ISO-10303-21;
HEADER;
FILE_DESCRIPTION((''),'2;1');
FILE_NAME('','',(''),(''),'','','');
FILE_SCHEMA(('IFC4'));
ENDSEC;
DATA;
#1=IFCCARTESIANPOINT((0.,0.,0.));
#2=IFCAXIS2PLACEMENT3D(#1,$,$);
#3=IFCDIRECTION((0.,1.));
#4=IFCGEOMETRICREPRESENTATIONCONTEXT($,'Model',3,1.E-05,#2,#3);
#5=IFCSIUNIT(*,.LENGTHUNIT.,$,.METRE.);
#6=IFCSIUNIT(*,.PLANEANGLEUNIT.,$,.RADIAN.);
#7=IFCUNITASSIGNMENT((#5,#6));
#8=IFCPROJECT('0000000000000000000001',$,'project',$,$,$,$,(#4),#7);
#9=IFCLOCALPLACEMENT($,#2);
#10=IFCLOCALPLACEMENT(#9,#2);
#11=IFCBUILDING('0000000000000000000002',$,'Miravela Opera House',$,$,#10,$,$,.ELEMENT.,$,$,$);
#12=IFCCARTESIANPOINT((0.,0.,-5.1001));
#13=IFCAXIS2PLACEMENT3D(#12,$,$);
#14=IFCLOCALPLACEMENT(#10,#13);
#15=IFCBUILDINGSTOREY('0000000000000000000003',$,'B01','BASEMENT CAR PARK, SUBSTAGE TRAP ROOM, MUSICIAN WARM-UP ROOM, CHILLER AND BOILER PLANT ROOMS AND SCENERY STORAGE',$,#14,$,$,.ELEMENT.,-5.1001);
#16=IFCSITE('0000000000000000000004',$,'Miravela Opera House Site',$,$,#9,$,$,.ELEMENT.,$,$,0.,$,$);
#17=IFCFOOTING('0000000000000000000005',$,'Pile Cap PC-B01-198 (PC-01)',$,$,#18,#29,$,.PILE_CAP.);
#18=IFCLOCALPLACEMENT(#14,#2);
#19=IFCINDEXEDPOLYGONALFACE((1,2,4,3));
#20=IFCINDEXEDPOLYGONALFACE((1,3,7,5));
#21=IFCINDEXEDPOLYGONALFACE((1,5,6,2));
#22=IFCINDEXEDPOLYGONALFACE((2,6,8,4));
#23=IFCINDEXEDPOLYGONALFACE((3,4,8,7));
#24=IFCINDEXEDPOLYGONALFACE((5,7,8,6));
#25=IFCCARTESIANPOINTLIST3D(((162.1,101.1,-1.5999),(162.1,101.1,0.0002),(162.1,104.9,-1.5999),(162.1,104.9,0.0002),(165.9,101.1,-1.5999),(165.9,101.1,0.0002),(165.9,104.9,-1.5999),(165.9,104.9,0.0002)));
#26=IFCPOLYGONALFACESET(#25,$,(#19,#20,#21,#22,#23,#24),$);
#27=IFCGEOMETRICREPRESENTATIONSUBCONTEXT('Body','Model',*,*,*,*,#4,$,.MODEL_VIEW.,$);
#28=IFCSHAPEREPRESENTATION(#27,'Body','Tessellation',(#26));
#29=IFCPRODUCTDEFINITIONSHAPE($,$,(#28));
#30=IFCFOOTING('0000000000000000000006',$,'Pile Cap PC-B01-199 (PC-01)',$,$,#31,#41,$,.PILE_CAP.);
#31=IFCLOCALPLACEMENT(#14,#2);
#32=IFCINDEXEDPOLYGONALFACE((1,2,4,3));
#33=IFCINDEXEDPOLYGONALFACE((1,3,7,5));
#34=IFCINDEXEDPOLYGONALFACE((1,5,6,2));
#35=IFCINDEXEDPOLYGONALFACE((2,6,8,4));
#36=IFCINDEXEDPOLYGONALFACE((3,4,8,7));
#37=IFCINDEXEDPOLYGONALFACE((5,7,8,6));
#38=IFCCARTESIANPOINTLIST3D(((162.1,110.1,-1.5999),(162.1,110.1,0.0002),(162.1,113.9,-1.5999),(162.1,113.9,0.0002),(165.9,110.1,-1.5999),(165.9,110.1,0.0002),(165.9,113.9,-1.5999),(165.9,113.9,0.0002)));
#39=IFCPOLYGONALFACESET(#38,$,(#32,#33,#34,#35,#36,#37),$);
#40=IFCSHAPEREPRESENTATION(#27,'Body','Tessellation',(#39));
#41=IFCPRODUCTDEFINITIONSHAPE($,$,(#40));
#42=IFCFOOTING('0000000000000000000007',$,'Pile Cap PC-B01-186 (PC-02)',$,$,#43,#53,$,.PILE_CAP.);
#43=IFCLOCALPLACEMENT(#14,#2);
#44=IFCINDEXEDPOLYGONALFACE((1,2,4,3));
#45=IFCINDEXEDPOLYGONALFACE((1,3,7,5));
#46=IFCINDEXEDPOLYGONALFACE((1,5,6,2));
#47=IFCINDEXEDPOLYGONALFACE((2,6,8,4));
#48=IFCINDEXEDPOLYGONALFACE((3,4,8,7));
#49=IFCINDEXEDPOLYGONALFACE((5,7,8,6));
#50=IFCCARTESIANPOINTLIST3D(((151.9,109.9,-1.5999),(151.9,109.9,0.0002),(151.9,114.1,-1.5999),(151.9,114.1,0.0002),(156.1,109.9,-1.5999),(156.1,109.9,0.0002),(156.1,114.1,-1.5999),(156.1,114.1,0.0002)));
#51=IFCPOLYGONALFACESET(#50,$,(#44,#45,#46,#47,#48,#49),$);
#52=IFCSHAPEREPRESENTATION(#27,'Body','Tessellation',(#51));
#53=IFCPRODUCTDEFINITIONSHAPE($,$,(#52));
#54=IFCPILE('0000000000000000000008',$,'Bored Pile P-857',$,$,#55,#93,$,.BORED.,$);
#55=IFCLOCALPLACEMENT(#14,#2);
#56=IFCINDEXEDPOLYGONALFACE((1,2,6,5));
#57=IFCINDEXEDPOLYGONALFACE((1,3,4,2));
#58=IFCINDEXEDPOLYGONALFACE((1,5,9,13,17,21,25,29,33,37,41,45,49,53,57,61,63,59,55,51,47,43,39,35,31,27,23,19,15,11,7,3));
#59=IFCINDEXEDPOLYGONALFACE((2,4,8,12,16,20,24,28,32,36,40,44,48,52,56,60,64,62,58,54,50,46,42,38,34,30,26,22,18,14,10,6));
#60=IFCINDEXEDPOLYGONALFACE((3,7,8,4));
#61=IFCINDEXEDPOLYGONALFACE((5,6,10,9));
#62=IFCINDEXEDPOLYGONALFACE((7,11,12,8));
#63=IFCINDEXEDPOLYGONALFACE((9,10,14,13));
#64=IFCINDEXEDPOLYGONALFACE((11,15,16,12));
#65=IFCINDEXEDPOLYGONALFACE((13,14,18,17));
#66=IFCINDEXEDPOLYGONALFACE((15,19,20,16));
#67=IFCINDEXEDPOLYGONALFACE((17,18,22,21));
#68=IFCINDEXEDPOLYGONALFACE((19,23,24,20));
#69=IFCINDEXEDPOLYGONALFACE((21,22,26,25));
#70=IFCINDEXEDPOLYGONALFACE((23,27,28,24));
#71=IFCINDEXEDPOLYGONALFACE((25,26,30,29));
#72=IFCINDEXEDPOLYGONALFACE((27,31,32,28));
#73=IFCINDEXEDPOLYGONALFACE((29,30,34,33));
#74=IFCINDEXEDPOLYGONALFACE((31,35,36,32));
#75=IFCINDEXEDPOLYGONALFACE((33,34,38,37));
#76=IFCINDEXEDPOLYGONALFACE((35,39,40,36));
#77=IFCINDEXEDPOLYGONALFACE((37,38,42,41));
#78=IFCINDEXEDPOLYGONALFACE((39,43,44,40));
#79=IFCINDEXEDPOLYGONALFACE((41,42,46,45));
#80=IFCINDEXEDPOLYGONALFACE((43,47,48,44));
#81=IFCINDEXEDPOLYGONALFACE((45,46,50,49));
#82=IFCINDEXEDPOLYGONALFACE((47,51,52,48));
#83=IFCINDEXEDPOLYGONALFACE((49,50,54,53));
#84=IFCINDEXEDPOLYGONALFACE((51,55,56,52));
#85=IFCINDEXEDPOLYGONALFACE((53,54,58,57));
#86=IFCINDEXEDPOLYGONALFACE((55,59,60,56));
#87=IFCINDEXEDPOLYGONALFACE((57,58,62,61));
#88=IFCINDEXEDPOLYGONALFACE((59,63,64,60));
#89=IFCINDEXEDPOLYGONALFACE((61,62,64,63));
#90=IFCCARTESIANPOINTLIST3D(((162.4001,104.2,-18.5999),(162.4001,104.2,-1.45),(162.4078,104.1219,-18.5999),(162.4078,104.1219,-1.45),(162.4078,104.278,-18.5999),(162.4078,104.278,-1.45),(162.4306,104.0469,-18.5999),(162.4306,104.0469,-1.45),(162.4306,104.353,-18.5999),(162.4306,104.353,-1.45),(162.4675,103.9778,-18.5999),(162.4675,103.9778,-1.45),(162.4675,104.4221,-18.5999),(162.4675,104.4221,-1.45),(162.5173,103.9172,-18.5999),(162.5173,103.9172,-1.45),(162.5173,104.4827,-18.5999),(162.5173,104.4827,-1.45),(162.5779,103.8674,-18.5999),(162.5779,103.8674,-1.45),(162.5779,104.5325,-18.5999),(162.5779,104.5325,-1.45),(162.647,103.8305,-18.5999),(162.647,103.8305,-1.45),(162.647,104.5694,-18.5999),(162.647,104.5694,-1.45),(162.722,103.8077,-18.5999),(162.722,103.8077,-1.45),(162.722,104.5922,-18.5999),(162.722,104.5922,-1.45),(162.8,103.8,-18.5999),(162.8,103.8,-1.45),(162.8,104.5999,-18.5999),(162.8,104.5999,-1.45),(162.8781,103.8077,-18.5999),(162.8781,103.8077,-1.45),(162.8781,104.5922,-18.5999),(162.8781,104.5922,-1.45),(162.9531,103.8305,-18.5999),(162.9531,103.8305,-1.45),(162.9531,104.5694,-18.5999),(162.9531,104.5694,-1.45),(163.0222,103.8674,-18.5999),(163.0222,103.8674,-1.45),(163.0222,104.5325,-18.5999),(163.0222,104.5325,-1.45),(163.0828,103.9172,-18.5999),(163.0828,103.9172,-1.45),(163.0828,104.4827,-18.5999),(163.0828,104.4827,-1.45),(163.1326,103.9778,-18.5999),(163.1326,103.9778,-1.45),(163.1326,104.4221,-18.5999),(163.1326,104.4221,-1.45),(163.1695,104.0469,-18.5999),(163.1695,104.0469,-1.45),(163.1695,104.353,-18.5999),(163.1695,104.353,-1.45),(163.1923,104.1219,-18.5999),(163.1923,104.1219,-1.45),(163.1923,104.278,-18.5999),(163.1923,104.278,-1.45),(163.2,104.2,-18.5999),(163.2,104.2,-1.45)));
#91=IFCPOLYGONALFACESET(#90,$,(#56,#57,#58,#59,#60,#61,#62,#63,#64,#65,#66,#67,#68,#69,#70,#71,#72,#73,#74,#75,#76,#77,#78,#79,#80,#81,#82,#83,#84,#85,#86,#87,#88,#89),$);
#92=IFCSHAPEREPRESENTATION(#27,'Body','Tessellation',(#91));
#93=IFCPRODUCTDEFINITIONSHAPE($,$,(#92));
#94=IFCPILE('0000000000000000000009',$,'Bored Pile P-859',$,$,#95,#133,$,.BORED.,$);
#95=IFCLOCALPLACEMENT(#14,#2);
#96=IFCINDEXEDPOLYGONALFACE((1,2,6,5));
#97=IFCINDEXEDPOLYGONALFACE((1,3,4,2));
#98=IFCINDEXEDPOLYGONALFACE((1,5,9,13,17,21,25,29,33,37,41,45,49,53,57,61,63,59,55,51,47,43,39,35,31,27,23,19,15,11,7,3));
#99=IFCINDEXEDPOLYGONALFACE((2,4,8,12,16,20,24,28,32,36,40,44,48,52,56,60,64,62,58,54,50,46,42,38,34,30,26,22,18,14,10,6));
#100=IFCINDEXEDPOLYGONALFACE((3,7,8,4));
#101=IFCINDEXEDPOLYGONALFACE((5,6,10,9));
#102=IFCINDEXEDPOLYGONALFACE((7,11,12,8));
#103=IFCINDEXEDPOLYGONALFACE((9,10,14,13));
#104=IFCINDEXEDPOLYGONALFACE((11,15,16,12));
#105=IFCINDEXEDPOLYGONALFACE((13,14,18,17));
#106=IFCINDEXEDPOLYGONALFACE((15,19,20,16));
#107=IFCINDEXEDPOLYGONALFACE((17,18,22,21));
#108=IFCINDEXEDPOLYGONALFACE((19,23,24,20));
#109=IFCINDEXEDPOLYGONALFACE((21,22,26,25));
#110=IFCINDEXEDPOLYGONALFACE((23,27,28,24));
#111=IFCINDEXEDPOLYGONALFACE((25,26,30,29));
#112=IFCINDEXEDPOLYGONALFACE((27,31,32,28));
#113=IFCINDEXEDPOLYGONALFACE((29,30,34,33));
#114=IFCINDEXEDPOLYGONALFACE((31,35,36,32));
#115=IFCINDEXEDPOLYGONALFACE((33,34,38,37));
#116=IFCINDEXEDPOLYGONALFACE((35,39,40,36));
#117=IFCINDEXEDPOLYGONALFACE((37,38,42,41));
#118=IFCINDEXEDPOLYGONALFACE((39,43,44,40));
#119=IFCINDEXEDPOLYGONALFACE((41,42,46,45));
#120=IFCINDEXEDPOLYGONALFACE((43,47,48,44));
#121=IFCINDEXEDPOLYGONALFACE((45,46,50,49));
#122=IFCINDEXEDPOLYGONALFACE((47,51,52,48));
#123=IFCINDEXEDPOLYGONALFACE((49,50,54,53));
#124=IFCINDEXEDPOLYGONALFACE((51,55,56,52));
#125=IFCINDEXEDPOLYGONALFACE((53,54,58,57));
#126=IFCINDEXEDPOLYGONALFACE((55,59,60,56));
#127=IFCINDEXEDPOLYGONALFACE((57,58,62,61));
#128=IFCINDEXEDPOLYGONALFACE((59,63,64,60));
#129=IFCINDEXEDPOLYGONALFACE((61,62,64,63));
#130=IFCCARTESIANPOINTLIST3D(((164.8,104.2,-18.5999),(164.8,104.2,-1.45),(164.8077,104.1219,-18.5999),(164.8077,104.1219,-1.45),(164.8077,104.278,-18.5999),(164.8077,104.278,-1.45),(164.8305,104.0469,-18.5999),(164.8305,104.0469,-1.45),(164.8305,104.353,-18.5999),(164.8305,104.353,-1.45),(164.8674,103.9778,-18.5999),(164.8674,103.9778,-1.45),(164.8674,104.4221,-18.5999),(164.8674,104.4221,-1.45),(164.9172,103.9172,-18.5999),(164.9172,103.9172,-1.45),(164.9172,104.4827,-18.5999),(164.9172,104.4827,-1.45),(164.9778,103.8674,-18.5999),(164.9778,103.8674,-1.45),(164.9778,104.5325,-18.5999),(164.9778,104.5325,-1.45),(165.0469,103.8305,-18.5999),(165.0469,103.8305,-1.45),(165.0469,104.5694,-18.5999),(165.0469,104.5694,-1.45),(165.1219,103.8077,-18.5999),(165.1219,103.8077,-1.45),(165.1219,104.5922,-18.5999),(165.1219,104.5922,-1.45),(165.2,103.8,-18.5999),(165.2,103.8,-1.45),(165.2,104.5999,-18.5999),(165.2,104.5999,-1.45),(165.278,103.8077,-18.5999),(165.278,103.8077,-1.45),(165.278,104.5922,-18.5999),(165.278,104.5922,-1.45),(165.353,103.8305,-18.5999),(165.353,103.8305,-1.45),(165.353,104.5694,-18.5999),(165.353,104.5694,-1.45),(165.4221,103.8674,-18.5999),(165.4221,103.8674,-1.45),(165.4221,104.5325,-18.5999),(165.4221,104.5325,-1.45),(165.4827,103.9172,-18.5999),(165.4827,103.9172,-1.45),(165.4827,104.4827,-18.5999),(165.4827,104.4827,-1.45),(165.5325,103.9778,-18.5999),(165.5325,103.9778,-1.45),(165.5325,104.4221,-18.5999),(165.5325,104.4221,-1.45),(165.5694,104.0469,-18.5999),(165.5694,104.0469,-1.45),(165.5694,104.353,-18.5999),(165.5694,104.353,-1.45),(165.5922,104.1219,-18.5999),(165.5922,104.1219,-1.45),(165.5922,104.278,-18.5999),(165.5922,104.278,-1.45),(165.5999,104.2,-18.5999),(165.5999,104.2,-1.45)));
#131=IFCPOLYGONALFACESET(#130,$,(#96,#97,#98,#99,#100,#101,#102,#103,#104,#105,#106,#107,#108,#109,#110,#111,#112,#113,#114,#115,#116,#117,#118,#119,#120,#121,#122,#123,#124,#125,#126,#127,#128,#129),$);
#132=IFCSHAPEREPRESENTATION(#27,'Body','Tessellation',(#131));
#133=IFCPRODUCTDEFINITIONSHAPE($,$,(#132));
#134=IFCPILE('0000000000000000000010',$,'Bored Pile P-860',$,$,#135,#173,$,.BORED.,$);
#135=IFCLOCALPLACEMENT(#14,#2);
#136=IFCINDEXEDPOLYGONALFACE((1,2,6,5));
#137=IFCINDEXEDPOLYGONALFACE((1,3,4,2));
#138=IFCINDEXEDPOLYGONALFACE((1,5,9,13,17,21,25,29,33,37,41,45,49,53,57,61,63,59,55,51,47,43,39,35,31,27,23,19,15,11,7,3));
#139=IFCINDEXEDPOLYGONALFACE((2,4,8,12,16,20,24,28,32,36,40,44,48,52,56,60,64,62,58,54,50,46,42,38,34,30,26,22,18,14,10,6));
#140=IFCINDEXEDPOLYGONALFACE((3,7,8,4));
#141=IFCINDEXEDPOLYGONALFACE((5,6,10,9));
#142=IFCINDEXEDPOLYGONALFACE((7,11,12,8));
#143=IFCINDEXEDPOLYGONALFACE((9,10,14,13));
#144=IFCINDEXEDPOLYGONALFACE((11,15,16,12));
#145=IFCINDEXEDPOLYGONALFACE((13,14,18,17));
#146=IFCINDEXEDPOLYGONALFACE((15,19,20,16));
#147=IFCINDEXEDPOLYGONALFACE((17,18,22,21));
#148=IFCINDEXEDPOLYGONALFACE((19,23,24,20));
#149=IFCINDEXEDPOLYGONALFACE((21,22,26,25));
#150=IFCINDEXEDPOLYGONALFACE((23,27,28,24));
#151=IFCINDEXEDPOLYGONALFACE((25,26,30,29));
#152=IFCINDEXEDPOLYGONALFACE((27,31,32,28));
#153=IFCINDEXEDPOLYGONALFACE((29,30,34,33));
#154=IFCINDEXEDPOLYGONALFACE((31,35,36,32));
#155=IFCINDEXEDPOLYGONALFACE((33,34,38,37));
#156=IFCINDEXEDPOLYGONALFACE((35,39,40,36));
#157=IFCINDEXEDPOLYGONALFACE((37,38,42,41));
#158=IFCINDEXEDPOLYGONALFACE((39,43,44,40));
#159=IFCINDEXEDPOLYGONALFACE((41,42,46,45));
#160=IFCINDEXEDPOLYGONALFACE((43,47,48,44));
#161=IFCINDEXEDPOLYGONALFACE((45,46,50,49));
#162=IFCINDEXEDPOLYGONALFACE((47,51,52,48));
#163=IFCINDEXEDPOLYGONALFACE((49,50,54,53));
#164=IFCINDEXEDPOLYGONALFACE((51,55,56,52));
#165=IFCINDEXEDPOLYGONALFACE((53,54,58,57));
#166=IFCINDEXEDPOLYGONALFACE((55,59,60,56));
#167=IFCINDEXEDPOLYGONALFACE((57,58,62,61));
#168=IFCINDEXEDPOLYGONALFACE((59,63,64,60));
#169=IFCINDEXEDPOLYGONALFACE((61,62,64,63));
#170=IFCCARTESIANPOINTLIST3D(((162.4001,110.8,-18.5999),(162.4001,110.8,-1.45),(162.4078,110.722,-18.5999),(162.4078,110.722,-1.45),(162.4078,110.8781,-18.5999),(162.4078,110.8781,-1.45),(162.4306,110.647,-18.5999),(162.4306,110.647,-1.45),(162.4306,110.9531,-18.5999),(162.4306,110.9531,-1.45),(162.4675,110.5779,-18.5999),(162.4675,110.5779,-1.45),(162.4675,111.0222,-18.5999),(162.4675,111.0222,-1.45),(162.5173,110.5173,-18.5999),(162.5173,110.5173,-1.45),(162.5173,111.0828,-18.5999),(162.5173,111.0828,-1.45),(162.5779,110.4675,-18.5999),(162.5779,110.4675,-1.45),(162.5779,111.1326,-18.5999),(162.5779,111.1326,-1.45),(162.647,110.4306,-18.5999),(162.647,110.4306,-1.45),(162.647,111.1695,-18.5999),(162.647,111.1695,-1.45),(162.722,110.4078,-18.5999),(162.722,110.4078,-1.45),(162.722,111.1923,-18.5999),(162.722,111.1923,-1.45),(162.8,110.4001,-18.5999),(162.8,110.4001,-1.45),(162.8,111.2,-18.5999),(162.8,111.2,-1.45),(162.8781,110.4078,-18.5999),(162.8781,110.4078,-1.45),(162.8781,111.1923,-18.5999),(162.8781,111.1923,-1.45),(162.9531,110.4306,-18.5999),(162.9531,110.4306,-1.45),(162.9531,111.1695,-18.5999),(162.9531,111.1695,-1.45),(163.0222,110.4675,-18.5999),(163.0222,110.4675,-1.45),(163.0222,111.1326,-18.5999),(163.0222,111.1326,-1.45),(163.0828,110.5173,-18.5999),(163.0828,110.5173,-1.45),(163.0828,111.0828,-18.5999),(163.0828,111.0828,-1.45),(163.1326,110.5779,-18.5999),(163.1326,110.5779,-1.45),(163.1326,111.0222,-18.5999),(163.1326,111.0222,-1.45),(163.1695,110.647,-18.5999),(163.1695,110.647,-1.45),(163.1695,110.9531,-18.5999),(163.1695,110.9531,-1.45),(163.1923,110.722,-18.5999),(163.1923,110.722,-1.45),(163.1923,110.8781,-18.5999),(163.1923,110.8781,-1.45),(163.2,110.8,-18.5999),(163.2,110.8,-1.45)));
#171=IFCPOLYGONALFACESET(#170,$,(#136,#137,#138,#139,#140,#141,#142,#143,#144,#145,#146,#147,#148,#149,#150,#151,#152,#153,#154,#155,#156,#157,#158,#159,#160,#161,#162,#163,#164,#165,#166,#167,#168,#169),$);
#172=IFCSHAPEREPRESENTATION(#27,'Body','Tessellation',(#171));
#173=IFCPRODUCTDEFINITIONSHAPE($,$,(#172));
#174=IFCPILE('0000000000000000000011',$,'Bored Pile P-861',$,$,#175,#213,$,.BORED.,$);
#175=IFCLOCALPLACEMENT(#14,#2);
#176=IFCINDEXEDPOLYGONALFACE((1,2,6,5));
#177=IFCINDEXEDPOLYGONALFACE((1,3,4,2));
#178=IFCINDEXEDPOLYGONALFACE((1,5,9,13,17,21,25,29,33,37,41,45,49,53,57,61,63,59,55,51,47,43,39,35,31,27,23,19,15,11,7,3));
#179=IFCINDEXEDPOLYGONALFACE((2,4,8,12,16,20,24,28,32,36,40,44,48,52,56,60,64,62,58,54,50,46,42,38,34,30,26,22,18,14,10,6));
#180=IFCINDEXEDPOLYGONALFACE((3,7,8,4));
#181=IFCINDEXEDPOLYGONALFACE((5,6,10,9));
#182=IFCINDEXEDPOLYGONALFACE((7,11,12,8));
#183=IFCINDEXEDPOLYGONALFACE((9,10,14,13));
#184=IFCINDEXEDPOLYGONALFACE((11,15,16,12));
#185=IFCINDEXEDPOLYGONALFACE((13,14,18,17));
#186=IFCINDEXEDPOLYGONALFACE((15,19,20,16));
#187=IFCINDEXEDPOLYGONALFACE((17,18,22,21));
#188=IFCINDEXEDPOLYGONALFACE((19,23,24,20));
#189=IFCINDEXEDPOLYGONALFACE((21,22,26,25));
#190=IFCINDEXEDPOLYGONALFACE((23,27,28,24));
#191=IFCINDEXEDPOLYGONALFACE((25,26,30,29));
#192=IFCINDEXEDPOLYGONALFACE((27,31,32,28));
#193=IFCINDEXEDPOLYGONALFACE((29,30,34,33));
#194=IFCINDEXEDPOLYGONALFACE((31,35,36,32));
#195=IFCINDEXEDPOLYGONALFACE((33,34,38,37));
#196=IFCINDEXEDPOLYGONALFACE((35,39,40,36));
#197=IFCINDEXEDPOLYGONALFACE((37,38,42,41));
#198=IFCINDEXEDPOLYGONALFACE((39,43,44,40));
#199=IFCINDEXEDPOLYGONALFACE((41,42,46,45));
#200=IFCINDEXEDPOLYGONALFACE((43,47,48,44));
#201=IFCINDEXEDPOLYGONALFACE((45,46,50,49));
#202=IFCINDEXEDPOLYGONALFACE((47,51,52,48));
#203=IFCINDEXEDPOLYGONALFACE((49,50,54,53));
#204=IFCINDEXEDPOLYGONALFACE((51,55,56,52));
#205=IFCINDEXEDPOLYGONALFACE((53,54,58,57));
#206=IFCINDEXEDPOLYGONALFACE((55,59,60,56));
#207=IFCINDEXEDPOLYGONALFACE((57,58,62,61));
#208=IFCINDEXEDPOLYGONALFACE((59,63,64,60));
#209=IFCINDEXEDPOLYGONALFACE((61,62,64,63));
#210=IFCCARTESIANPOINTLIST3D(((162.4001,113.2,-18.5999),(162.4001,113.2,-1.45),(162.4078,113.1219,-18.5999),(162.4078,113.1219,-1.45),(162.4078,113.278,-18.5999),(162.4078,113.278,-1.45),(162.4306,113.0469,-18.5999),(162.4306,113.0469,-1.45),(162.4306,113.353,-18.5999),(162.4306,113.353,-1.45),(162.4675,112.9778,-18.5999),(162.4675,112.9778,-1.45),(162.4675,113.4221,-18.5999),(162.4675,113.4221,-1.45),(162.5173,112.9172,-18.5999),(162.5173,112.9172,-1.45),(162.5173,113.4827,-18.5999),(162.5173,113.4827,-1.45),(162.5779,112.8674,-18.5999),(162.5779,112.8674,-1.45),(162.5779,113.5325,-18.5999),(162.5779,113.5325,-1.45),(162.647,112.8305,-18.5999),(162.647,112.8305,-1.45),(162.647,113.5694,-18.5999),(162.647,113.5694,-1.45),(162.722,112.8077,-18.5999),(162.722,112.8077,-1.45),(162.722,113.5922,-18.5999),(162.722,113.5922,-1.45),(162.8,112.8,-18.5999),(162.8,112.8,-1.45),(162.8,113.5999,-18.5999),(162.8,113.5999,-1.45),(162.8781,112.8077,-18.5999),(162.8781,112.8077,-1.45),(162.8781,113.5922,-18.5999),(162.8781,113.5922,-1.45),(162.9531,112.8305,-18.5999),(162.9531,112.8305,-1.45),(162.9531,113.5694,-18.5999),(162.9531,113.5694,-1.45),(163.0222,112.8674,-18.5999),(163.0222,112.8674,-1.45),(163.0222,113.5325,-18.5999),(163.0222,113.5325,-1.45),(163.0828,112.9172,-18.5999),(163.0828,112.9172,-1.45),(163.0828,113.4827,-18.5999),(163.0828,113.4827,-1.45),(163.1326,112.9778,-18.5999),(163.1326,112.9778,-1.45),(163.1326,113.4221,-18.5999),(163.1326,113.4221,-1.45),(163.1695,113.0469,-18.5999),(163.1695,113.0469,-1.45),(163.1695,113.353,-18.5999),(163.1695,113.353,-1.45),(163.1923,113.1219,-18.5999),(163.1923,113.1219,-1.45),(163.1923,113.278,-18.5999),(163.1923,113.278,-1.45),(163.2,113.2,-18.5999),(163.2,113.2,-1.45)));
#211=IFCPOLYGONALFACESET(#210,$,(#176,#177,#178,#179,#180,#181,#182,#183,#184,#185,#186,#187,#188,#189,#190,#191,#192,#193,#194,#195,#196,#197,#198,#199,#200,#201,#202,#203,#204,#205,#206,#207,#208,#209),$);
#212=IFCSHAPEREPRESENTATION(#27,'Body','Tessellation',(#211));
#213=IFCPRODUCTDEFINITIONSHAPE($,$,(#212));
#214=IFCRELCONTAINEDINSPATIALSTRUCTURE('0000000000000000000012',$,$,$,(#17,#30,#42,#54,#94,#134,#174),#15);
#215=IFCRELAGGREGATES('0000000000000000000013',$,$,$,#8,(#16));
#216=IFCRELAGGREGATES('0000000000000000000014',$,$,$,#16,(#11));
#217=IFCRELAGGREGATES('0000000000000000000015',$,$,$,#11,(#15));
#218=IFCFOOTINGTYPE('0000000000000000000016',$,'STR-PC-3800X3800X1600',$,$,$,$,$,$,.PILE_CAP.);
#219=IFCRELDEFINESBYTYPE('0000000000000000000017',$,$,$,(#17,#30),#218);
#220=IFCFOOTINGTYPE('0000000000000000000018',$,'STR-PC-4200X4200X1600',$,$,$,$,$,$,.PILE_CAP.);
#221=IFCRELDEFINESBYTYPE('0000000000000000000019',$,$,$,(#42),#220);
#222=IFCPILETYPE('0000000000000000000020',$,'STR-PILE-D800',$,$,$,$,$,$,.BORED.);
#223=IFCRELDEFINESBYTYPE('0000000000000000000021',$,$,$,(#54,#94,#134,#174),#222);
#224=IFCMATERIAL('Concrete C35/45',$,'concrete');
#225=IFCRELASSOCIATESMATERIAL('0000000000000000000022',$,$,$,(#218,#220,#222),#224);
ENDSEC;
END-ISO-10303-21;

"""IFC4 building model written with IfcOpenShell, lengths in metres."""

from ifc_helpers import new_model, si_unit, direction, frame, origin, origin_2d, place, context, subcontext, project, spatial, rectangle, circle, extrude, material, material_profile, profile_set, type_object, element, save


model = new_model("IFC4")

# Units and contexts
model_context = context("Model", 3, precision=1e-05, world=origin(), true_north=direction((0.0, 1.0)))
body_context = subcontext(model_context, "Body", "Model", "MODEL_VIEW")
ifc_project = project(units=[si_unit("LENGTHUNIT", "METRE"), si_unit("PLANEANGLEUNIT", "RADIAN")], contexts=[model_context])

# Site, building, storey
site_placement = place(None, origin())
site = spatial("IfcSite", under=ifc_project, at=site_placement, Name="Miravela Opera House Site", CompositionType="ELEMENT", RefElevation=0.0)
building_placement = place(site_placement, origin())
building = spatial("IfcBuilding", under=site, at=building_placement, Name="Miravela Opera House", CompositionType="ELEMENT")
storey_placement = place(building_placement, frame((0.0, 0.0, -5.1001)))
storey = spatial("IfcBuildingStorey", under=building, at=storey_placement, Name="B01", Description="BASEMENT CAR PARK, SUBSTAGE TRAP ROOM, MUSICIAN WARM-UP ROOM, CHILLER AND BOILER PLANT ROOMS AND SCENERY STORAGE", CompositionType="ELEMENT", Elevation=-5.1001)

# Footings
ifc_material_1 = material(Name="Concrete C35/45", Category="concrete")
footing_type_1 = type_object("IfcFootingType", Name="STR-PC-3800X3800X1600", PredefinedType="PILE_CAP", material=ifc_material_1)
for number, where, z_axis, x_axis, name in (
    (1, (164.0, 103.0, -1.5999), (0.0, 0.0, 1.0), (1.0, 0.0, 0.0), "Pile Cap PC-B01-198 (PC-01)"),
    (2, (164.0, 112.0, -1.5999), (0.0, 0.0, 1.0), (1.0, 0.0, 0.0), "Pile Cap PC-B01-199 (PC-01)"),
):
    element("IfcFooting", number, at=place(storey_placement, frame(where, z_axis=z_axis, x_axis=x_axis)), inside=storey, type_object=footing_type_1, Name=name, PredefinedType="PILE_CAP", context=body_context, shape_type="SweptSolid", body=[
        extrude(rectangle(XDim=3.8, YDim=3.8, at=origin_2d()), origin(), (0.0, 0.0, 1.0), 1.6001),
    ])
footing_type_2 = type_object("IfcFootingType", Name="STR-PC-4200X4200X1600", PredefinedType="PILE_CAP", material=ifc_material_1)
footing_placement = place(storey_placement, frame((154.0, 112.0, -1.5999), z_axis=(0.0, 0.0, 1.0), x_axis=(1.0, 0.0, 0.0)))
element("IfcFooting", 3, at=footing_placement, inside=storey, type_object=footing_type_2, Name="Pile Cap PC-B01-186 (PC-02)", PredefinedType="PILE_CAP", context=body_context, shape_type="SweptSolid", body=[
    extrude(rectangle(XDim=4.2, YDim=4.2, at=origin_2d()), origin(), (0.0, 0.0, 1.0), 1.6001),
])

# Piles
ifc_material_profile_1 = material_profile(ifc_material_1, circle(Radius=0.3999, at=origin_2d()), Name="PILE-D800")
ifc_profile_set_1 = profile_set([ifc_material_profile_1])
pile_type_1 = type_object("IfcPileType", Name="STR-PILE-D800", PredefinedType="BORED", material=ifc_profile_set_1)
for number, where, z_axis, x_axis, name in (
    (4, (162.8, 104.2, -1.45), (0.0, 0.0, -1.0), (1.0, 0.0, 0.0), "Bored Pile P-857"),
    (5, (165.2, 104.2, -1.45), (0.0, 0.0, -1.0), (1.0, 0.0, 0.0), "Bored Pile P-859"),
    (6, (162.8, 110.8, -1.45), (0.0, 0.0, -1.0), (1.0, 0.0, 0.0), "Bored Pile P-860"),
    (7, (162.8, 113.2, -1.45), (0.0, 0.0, -1.0), (1.0, 0.0, 0.0), "Bored Pile P-861"),
):
    element("IfcPile", number, at=place(storey_placement, frame(where, z_axis=z_axis, x_axis=x_axis)), inside=storey, type_object=pile_type_1, Name=name, PredefinedType="BORED", context=body_context, shape_type="SweptSolid", body=[
        extrude(circle(Radius=0.3999, at=origin_2d()), origin(), (0.0, 0.0, 1.0), 17.1499),
    ])

save(model, "model.ifc")
